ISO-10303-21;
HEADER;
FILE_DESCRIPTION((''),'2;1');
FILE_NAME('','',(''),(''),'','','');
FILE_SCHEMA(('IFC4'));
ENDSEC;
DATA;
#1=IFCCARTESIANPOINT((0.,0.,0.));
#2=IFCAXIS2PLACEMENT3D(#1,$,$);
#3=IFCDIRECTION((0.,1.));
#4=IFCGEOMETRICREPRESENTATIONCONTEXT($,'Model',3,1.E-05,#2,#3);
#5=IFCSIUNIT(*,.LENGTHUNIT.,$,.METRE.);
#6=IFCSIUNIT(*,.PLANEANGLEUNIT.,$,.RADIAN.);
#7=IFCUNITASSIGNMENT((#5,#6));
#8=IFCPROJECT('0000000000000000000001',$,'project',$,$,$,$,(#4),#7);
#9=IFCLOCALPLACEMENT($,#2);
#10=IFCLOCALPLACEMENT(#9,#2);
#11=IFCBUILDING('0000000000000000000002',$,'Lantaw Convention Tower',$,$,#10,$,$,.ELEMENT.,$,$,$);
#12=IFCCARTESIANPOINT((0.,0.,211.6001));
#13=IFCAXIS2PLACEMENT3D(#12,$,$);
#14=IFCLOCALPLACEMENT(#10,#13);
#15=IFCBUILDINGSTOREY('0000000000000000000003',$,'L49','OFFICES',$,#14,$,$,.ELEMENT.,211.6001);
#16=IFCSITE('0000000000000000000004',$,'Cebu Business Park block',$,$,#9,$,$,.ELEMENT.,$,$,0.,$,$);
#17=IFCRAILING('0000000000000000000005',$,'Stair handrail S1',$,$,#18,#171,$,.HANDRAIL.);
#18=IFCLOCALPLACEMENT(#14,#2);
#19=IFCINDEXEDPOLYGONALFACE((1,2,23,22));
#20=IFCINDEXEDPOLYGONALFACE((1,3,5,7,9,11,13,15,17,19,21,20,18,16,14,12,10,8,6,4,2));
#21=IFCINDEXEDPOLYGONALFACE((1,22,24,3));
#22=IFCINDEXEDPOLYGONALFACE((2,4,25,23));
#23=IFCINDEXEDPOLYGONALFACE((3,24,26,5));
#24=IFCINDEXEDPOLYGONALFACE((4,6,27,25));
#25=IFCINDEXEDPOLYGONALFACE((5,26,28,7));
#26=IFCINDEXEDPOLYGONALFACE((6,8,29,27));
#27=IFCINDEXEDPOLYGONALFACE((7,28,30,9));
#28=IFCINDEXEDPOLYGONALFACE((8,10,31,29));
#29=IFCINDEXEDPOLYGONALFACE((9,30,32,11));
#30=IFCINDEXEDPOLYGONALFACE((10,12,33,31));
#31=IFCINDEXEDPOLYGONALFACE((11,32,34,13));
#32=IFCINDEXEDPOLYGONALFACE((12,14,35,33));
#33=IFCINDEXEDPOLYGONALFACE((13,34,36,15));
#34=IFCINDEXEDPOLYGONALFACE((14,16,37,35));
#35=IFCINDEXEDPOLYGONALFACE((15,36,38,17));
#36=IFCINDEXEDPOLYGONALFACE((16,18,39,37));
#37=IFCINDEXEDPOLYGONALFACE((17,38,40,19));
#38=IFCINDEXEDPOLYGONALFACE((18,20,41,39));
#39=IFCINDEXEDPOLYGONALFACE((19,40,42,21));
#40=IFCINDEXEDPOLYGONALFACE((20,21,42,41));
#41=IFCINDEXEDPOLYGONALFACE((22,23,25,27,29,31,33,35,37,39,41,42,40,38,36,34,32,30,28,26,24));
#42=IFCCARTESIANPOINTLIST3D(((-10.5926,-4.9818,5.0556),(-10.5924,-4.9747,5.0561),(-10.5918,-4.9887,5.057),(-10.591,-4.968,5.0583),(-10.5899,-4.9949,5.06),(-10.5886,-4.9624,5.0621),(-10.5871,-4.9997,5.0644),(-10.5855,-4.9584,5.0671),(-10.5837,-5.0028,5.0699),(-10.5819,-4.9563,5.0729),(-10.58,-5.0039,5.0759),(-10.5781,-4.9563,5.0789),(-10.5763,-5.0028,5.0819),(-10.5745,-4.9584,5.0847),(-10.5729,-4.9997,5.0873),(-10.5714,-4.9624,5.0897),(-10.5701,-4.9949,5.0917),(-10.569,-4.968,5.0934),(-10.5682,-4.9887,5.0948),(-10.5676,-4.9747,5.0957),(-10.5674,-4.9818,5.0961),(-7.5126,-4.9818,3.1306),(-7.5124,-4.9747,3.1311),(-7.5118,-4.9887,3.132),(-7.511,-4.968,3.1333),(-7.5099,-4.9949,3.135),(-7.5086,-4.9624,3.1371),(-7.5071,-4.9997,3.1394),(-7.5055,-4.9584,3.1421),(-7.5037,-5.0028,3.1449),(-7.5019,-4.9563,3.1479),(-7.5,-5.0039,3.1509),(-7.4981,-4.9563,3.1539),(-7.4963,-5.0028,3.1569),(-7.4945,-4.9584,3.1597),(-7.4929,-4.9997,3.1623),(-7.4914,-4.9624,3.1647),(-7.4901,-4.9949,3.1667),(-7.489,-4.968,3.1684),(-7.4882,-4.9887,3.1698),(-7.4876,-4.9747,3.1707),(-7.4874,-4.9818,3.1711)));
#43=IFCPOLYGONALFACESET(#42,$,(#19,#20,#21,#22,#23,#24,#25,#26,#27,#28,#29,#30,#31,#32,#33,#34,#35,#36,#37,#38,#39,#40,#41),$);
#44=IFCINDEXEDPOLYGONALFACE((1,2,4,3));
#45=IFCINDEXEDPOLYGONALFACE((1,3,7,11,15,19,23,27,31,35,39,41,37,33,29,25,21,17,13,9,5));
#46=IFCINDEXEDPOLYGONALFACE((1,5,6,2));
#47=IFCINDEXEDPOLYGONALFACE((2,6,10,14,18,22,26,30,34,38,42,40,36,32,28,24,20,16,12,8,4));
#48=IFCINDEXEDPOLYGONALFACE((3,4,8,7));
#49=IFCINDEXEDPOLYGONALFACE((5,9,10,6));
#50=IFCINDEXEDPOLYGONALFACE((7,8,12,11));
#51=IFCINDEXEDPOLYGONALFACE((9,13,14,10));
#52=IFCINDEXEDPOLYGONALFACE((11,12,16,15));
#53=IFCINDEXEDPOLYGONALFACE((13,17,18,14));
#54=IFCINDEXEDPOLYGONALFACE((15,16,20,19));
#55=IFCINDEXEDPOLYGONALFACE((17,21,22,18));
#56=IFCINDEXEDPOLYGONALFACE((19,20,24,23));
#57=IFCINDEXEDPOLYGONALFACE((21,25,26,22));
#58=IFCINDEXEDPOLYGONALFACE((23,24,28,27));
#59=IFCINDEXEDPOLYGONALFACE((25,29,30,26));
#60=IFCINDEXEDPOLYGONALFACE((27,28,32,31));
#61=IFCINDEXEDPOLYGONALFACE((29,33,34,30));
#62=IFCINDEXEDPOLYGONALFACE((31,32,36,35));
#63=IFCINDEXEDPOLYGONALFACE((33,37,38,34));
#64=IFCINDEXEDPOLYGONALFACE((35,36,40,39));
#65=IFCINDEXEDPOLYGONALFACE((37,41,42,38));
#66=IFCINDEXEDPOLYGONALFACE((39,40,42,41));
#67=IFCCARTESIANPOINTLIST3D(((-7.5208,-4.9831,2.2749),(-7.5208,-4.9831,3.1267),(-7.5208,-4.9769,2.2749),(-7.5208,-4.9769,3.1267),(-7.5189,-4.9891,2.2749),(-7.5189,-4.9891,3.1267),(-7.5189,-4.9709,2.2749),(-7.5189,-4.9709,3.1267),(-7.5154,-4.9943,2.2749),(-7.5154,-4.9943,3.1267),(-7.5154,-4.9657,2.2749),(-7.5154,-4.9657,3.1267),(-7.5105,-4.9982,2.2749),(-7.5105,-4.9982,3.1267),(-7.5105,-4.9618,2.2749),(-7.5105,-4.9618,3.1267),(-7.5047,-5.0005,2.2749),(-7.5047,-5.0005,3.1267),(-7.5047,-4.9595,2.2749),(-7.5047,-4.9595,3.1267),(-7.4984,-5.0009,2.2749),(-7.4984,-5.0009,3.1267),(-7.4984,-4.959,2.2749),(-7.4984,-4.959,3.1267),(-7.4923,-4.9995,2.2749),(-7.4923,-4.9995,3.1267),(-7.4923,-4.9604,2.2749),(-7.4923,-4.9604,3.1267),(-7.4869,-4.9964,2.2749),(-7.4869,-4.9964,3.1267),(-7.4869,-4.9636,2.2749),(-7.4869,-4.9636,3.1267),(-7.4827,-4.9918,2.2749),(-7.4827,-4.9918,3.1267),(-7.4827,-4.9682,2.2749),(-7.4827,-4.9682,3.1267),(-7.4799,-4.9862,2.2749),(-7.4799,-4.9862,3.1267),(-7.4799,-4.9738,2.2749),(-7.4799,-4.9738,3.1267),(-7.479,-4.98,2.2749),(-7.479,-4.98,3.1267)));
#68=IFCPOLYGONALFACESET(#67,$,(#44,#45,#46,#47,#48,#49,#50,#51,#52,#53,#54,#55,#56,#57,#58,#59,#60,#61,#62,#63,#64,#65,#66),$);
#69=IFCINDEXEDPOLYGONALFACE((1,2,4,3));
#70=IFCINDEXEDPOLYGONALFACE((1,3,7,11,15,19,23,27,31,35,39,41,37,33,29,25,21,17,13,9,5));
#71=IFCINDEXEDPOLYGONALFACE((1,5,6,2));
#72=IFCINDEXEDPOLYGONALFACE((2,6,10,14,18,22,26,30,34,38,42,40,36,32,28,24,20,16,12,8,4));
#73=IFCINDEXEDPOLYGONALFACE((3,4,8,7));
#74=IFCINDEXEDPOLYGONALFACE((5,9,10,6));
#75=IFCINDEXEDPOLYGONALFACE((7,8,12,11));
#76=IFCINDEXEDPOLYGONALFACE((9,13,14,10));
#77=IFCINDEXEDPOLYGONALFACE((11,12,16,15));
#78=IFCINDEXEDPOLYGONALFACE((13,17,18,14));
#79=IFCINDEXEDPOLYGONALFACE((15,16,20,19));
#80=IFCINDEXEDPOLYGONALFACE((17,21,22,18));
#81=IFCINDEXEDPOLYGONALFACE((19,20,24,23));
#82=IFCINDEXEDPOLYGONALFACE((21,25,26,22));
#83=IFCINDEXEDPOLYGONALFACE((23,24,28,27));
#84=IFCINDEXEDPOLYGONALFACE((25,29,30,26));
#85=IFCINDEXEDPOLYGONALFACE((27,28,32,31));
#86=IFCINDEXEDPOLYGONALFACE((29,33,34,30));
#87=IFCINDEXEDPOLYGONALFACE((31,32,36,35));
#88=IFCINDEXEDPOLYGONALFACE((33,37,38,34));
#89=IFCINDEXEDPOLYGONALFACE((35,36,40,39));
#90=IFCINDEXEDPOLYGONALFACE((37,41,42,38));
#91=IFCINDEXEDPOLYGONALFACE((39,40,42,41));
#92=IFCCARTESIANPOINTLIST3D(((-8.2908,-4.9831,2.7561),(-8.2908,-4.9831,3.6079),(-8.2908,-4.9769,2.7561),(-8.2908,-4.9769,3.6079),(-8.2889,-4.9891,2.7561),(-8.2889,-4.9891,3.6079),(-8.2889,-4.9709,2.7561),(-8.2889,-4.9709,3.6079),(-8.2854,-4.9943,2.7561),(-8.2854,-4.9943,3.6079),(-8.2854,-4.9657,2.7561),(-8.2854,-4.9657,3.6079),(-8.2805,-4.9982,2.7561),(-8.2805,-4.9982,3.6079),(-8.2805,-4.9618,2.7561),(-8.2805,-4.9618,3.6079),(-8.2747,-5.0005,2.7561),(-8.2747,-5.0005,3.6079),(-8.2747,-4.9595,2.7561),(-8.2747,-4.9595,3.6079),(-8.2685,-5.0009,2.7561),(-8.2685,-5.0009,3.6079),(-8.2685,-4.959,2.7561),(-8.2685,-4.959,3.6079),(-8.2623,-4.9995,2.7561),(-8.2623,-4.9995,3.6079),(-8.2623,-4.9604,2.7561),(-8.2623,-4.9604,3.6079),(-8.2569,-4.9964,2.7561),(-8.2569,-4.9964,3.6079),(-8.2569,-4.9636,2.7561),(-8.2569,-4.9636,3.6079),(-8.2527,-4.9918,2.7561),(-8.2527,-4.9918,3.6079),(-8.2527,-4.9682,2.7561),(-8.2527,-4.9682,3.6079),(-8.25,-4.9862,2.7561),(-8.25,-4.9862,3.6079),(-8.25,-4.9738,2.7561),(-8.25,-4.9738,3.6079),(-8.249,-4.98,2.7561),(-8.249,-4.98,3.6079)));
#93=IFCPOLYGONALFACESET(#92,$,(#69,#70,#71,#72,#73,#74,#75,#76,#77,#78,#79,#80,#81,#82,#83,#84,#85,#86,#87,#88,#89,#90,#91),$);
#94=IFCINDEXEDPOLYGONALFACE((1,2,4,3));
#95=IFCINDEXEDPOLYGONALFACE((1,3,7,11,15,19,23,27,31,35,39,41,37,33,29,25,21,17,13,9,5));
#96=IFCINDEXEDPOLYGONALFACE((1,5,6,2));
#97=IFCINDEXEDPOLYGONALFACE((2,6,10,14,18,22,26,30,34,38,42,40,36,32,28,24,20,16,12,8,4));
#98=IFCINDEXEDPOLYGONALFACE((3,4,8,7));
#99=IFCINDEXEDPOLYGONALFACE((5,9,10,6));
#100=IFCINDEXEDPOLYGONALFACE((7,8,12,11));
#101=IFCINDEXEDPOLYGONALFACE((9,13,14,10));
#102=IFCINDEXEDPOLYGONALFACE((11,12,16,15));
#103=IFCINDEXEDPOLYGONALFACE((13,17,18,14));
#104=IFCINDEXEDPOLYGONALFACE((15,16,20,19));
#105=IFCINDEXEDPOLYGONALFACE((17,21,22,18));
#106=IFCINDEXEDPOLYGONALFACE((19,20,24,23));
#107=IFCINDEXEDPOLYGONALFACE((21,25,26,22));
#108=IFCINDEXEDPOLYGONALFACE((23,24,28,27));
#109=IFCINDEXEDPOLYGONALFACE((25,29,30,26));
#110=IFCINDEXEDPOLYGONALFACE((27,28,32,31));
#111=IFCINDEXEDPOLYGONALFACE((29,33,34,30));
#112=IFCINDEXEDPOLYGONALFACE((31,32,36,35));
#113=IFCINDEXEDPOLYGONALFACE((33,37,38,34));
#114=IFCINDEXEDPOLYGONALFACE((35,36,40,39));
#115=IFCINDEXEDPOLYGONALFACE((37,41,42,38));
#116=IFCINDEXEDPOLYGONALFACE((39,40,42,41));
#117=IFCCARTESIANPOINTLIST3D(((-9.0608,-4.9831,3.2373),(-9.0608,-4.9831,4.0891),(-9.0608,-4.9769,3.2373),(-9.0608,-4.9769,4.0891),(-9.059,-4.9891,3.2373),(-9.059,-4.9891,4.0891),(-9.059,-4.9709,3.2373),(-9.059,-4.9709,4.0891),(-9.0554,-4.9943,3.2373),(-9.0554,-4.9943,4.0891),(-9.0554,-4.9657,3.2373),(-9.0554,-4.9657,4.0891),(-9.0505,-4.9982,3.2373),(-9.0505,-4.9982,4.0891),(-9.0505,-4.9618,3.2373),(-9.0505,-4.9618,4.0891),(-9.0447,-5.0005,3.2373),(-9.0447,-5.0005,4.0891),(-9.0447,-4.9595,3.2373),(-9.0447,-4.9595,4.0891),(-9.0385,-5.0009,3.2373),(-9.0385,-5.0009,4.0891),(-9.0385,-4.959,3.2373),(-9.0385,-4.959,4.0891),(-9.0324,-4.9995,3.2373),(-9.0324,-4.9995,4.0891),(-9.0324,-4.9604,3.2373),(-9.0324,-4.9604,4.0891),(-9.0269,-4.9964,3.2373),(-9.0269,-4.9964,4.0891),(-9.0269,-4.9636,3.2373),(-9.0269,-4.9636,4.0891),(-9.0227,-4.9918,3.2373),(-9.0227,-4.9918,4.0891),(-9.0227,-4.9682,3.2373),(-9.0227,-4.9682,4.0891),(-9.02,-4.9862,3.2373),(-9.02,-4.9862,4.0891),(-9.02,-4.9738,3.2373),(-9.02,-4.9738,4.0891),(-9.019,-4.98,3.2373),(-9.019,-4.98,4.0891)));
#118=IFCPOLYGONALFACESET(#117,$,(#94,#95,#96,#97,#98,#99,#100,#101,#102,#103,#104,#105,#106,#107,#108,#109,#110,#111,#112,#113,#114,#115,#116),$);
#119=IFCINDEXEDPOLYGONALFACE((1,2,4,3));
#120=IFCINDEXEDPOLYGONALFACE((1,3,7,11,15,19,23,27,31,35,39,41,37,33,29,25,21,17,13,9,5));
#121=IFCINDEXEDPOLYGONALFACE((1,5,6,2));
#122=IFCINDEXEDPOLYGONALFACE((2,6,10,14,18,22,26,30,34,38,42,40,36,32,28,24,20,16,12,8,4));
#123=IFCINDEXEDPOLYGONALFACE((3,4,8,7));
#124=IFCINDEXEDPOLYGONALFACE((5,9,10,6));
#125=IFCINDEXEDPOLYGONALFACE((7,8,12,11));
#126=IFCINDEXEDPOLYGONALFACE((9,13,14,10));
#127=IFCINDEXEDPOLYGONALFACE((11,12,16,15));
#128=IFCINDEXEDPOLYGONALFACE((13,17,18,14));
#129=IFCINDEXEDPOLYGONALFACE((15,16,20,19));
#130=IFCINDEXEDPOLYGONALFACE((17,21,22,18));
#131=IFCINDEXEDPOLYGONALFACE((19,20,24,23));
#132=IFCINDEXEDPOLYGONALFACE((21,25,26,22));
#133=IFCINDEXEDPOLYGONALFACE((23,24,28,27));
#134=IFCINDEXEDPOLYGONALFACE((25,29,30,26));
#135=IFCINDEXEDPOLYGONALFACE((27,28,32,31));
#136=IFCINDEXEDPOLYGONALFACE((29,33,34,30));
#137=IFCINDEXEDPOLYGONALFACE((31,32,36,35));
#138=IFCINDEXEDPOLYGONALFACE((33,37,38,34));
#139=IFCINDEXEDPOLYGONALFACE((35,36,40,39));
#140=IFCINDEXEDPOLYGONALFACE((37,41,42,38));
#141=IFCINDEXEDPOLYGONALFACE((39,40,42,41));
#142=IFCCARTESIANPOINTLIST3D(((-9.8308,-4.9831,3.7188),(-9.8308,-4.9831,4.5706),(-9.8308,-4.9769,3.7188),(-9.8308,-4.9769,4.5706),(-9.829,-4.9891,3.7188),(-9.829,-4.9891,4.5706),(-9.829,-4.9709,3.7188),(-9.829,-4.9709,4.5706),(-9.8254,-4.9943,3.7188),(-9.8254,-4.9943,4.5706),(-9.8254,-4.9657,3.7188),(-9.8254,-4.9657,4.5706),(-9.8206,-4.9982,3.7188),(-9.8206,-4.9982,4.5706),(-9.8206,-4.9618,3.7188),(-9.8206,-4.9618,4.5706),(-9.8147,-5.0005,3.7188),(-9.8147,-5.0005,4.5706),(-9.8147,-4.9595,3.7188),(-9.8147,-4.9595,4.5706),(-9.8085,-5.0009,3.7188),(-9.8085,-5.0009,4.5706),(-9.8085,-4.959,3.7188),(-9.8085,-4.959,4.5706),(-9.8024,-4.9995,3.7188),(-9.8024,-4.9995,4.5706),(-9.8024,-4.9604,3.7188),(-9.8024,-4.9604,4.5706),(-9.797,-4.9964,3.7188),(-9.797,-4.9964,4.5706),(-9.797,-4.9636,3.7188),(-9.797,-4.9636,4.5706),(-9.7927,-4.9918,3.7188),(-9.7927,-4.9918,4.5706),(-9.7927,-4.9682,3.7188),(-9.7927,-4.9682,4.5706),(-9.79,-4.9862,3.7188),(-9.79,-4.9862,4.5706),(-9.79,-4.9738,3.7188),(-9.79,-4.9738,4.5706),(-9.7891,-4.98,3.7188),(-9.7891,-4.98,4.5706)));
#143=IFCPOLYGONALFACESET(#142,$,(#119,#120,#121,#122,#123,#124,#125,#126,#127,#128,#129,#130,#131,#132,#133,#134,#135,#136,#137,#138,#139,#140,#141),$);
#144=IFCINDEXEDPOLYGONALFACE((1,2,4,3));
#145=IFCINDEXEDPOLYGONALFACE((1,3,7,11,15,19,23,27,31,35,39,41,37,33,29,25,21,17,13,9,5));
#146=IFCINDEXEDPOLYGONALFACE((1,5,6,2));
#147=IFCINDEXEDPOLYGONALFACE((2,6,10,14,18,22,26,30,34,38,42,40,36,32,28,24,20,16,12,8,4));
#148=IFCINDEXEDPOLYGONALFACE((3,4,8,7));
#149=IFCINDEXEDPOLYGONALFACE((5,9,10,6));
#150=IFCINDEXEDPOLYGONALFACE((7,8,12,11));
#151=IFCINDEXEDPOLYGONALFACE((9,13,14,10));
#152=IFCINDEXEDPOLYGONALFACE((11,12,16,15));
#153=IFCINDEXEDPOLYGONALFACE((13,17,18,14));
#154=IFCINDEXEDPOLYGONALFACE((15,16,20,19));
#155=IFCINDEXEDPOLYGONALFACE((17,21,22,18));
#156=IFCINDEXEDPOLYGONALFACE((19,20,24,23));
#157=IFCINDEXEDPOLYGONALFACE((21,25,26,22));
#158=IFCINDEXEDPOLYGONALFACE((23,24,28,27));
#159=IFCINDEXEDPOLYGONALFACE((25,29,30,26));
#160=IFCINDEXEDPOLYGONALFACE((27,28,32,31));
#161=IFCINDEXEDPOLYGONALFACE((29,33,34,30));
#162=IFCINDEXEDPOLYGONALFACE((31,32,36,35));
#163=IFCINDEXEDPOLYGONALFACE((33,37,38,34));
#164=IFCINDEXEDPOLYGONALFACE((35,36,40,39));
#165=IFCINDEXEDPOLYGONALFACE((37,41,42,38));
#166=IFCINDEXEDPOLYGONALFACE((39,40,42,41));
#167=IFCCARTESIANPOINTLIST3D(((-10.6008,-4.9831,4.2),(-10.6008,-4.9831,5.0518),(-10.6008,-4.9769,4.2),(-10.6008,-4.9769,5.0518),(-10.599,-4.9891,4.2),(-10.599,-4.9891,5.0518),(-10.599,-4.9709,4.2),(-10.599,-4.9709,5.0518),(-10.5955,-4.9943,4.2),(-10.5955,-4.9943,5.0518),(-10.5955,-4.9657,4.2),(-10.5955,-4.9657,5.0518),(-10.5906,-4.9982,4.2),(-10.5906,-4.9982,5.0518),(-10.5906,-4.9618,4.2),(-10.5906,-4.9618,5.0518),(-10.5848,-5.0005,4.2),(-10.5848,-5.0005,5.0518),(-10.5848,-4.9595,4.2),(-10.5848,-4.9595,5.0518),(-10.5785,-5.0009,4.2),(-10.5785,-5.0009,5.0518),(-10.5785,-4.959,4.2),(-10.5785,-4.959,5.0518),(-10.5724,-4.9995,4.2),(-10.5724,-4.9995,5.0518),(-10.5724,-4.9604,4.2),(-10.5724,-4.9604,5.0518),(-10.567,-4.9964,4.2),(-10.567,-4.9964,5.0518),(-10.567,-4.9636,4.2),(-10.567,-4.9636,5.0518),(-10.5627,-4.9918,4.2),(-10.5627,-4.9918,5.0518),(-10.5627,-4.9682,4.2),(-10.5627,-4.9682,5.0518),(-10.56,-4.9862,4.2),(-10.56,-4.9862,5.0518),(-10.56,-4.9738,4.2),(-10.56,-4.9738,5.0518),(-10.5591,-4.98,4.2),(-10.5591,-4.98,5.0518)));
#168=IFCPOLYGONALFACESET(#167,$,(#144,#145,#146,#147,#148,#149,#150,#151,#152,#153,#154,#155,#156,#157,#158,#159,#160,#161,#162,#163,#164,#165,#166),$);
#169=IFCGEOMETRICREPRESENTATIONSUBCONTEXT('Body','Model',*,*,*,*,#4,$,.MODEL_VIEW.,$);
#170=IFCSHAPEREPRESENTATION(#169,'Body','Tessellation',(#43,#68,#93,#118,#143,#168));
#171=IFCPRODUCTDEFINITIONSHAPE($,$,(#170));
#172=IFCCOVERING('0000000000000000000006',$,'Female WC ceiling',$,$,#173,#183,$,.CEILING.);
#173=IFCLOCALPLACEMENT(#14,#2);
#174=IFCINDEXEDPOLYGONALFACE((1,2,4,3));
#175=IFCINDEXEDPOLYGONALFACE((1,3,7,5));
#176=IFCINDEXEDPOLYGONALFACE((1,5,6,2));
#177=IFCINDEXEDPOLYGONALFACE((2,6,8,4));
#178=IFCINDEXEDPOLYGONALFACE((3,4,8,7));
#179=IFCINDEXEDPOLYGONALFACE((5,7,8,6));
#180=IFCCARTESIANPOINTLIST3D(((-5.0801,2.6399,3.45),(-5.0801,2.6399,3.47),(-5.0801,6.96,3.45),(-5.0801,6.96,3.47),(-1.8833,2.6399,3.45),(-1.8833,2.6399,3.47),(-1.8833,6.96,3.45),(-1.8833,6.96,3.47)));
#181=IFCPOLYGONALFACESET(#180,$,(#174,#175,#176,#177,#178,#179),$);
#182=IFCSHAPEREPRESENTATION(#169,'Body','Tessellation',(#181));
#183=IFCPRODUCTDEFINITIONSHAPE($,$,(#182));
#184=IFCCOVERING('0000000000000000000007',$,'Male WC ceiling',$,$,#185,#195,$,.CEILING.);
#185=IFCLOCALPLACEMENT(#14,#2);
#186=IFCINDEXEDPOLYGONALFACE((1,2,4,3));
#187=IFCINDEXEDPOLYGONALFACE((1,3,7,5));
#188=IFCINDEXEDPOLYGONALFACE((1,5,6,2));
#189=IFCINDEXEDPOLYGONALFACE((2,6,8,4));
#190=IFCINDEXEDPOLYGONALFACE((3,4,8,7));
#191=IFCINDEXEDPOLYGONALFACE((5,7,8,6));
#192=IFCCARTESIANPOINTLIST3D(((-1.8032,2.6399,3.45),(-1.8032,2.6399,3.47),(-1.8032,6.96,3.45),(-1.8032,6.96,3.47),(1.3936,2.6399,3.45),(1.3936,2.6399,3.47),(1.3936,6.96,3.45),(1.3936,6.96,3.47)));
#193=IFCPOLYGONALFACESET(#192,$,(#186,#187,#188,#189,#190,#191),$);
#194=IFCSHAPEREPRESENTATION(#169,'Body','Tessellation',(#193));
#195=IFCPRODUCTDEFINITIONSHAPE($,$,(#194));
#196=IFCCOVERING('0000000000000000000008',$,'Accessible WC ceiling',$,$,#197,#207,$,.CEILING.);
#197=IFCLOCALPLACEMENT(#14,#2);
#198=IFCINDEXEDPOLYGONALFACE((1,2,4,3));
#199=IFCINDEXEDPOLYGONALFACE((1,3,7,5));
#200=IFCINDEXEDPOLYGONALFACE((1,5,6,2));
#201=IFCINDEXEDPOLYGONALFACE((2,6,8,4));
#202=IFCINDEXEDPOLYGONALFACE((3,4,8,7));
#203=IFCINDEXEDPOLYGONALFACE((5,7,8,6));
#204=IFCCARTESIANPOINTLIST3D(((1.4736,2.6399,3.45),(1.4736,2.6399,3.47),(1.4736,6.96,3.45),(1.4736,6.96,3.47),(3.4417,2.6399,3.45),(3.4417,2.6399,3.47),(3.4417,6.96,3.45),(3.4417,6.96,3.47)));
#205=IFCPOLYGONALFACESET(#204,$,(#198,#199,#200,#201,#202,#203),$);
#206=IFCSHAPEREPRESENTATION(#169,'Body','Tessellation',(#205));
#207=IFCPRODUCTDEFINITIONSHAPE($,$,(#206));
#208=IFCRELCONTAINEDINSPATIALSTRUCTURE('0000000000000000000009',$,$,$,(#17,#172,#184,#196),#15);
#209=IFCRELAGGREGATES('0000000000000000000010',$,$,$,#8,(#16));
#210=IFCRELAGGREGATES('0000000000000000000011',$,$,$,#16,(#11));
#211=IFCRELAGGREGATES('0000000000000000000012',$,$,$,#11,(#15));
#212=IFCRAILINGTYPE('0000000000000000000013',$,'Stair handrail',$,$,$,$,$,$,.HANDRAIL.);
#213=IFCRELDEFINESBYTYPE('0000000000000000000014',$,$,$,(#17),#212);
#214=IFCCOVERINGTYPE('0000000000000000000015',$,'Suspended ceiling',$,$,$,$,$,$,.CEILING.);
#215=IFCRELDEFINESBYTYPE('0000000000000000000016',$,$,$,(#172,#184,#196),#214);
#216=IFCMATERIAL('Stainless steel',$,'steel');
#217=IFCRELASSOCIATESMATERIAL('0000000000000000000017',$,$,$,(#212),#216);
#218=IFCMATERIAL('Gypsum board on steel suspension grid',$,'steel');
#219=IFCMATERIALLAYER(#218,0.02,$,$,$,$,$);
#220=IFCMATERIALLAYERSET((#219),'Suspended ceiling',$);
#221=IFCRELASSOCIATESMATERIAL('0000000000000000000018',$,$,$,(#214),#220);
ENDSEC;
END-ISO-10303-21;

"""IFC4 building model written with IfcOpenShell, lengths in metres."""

from ifc_helpers import new_model, si_unit, direction, frame, origin, origin_2d, place, context, subcontext, project, spatial, polyline, circle, outline, extrude, material, layer, layer_set, type_object, element, save


model = new_model("IFC4")

# Units and contexts
model_context = context("Model", 3, precision=1e-05, world=origin(), true_north=direction((0.0, 1.0)))
body_context = subcontext(model_context, "Body", "Model", "MODEL_VIEW")
ifc_project = project(units=[si_unit("LENGTHUNIT", "METRE"), si_unit("PLANEANGLEUNIT", "RADIAN")], contexts=[model_context])

# Site, building, storey
site_placement = place(None, origin())
site = spatial("IfcSite", under=ifc_project, at=site_placement, Name="Cebu Business Park block", CompositionType="ELEMENT", RefElevation=0.0)
building_placement = place(site_placement, origin())
building = spatial("IfcBuilding", under=site, at=building_placement, Name="Lantaw Convention Tower", CompositionType="ELEMENT")
storey_placement = place(building_placement, frame((0.0, 0.0, 211.6001)))
storey = spatial("IfcBuildingStorey", under=building, at=storey_placement, Name="L49", Description="OFFICES", CompositionType="ELEMENT", Elevation=211.6001)

# Shared definitions
ifc_material_1 = material(Name="Stainless steel", Category="steel")

# Railing
railing_type = type_object("IfcRailingType", Name="Stair handrail", PredefinedType="HANDRAIL", material=ifc_material_1)
railing_1_placement = place(storey_placement, frame((-7.5, -4.98, 2.2749)))
element("IfcRailing", 1, at=railing_1_placement, inside=storey, type_object=railing_type, Name="Stair handrail S1", PredefinedType="HANDRAIL", context=body_context, shape_type="SweptSolid", body=[
    extrude(circle(Radius=0.0239, at=origin_2d()), frame((0.0, 0.0, 0.876), z_axis=(-0.847998, 0.0, 0.529999), x_axis=(0.0, -1.0, 0.0)), (0.0, 0.0, 1.0), 3.6321),
    extrude(circle(Radius=0.021, at=origin_2d()), origin(), (0.0, 0.0, 1.0), 0.8518),
    extrude(circle(Radius=0.021, at=origin_2d()), frame((-0.77, 0.0, 0.4812)), (0.0, 0.0, 1.0), 0.8518),
    extrude(circle(Radius=0.021, at=origin_2d()), frame((-1.54, 0.0, 0.9624)), (0.0, 0.0, 1.0), 0.8518),
    extrude(circle(Radius=0.021, at=origin_2d()), frame((-2.3101, 0.0, 1.4438)), (0.0, 0.0, 1.0), 0.8518),
    extrude(circle(Radius=0.021, at=origin_2d()), frame((-3.0801, 0.0, 1.925)), (0.0, 0.0, 1.0), 0.8518),
])

# Coverings
ifc_material_2 = material(Name="Gypsum board on steel suspension grid", Category="steel")
ifc_layer_1 = layer(ifc_material_2, 0.02)
ifc_layer_set_1 = layer_set([ifc_layer_1], Name="Suspended ceiling")
covering_type = type_object("IfcCoveringType", Name="Suspended ceiling", PredefinedType="CEILING", material=ifc_layer_set_1)
covering_1_placement = place(storey_placement, frame((0.0, 0.0, 3.45)))
element("IfcCovering", 2, at=covering_1_placement, inside=storey, type_object=covering_type, Name="Female WC ceiling", PredefinedType="CEILING", context=body_context, shape_type="SweptSolid", body=[
    extrude(outline(polyline([(-5.0801, 2.6399), (-1.8833, 2.6399), (-1.8833, 6.96), (-5.0801, 6.96), (-5.0801, 2.6399)])), origin(), (0.0, 0.0, 1.0), 0.02),
])
covering_2_placement = place(storey_placement, frame((0.0, 0.0, 3.45)))
element("IfcCovering", 3, at=covering_2_placement, inside=storey, type_object=covering_type, Name="Male WC ceiling", PredefinedType="CEILING", context=body_context, shape_type="SweptSolid", body=[
    extrude(outline(polyline([(-1.8032, 2.6399), (1.3936, 2.6399), (1.3936, 6.96), (-1.8032, 6.96), (-1.8032, 2.6399)])), origin(), (0.0, 0.0, 1.0), 0.02),
])
covering_3_placement = place(storey_placement, frame((0.0, 0.0, 3.45)))
element("IfcCovering", 4, at=covering_3_placement, inside=storey, type_object=covering_type, Name="Accessible WC ceiling", PredefinedType="CEILING", context=body_context, shape_type="SweptSolid", body=[
    extrude(outline(polyline([(1.4736, 2.6399), (3.4417, 2.6399), (3.4417, 6.96), (1.4736, 6.96), (1.4736, 2.6399)])), origin(), (0.0, 0.0, 1.0), 0.02),
])

save(model, "model.ifc")
